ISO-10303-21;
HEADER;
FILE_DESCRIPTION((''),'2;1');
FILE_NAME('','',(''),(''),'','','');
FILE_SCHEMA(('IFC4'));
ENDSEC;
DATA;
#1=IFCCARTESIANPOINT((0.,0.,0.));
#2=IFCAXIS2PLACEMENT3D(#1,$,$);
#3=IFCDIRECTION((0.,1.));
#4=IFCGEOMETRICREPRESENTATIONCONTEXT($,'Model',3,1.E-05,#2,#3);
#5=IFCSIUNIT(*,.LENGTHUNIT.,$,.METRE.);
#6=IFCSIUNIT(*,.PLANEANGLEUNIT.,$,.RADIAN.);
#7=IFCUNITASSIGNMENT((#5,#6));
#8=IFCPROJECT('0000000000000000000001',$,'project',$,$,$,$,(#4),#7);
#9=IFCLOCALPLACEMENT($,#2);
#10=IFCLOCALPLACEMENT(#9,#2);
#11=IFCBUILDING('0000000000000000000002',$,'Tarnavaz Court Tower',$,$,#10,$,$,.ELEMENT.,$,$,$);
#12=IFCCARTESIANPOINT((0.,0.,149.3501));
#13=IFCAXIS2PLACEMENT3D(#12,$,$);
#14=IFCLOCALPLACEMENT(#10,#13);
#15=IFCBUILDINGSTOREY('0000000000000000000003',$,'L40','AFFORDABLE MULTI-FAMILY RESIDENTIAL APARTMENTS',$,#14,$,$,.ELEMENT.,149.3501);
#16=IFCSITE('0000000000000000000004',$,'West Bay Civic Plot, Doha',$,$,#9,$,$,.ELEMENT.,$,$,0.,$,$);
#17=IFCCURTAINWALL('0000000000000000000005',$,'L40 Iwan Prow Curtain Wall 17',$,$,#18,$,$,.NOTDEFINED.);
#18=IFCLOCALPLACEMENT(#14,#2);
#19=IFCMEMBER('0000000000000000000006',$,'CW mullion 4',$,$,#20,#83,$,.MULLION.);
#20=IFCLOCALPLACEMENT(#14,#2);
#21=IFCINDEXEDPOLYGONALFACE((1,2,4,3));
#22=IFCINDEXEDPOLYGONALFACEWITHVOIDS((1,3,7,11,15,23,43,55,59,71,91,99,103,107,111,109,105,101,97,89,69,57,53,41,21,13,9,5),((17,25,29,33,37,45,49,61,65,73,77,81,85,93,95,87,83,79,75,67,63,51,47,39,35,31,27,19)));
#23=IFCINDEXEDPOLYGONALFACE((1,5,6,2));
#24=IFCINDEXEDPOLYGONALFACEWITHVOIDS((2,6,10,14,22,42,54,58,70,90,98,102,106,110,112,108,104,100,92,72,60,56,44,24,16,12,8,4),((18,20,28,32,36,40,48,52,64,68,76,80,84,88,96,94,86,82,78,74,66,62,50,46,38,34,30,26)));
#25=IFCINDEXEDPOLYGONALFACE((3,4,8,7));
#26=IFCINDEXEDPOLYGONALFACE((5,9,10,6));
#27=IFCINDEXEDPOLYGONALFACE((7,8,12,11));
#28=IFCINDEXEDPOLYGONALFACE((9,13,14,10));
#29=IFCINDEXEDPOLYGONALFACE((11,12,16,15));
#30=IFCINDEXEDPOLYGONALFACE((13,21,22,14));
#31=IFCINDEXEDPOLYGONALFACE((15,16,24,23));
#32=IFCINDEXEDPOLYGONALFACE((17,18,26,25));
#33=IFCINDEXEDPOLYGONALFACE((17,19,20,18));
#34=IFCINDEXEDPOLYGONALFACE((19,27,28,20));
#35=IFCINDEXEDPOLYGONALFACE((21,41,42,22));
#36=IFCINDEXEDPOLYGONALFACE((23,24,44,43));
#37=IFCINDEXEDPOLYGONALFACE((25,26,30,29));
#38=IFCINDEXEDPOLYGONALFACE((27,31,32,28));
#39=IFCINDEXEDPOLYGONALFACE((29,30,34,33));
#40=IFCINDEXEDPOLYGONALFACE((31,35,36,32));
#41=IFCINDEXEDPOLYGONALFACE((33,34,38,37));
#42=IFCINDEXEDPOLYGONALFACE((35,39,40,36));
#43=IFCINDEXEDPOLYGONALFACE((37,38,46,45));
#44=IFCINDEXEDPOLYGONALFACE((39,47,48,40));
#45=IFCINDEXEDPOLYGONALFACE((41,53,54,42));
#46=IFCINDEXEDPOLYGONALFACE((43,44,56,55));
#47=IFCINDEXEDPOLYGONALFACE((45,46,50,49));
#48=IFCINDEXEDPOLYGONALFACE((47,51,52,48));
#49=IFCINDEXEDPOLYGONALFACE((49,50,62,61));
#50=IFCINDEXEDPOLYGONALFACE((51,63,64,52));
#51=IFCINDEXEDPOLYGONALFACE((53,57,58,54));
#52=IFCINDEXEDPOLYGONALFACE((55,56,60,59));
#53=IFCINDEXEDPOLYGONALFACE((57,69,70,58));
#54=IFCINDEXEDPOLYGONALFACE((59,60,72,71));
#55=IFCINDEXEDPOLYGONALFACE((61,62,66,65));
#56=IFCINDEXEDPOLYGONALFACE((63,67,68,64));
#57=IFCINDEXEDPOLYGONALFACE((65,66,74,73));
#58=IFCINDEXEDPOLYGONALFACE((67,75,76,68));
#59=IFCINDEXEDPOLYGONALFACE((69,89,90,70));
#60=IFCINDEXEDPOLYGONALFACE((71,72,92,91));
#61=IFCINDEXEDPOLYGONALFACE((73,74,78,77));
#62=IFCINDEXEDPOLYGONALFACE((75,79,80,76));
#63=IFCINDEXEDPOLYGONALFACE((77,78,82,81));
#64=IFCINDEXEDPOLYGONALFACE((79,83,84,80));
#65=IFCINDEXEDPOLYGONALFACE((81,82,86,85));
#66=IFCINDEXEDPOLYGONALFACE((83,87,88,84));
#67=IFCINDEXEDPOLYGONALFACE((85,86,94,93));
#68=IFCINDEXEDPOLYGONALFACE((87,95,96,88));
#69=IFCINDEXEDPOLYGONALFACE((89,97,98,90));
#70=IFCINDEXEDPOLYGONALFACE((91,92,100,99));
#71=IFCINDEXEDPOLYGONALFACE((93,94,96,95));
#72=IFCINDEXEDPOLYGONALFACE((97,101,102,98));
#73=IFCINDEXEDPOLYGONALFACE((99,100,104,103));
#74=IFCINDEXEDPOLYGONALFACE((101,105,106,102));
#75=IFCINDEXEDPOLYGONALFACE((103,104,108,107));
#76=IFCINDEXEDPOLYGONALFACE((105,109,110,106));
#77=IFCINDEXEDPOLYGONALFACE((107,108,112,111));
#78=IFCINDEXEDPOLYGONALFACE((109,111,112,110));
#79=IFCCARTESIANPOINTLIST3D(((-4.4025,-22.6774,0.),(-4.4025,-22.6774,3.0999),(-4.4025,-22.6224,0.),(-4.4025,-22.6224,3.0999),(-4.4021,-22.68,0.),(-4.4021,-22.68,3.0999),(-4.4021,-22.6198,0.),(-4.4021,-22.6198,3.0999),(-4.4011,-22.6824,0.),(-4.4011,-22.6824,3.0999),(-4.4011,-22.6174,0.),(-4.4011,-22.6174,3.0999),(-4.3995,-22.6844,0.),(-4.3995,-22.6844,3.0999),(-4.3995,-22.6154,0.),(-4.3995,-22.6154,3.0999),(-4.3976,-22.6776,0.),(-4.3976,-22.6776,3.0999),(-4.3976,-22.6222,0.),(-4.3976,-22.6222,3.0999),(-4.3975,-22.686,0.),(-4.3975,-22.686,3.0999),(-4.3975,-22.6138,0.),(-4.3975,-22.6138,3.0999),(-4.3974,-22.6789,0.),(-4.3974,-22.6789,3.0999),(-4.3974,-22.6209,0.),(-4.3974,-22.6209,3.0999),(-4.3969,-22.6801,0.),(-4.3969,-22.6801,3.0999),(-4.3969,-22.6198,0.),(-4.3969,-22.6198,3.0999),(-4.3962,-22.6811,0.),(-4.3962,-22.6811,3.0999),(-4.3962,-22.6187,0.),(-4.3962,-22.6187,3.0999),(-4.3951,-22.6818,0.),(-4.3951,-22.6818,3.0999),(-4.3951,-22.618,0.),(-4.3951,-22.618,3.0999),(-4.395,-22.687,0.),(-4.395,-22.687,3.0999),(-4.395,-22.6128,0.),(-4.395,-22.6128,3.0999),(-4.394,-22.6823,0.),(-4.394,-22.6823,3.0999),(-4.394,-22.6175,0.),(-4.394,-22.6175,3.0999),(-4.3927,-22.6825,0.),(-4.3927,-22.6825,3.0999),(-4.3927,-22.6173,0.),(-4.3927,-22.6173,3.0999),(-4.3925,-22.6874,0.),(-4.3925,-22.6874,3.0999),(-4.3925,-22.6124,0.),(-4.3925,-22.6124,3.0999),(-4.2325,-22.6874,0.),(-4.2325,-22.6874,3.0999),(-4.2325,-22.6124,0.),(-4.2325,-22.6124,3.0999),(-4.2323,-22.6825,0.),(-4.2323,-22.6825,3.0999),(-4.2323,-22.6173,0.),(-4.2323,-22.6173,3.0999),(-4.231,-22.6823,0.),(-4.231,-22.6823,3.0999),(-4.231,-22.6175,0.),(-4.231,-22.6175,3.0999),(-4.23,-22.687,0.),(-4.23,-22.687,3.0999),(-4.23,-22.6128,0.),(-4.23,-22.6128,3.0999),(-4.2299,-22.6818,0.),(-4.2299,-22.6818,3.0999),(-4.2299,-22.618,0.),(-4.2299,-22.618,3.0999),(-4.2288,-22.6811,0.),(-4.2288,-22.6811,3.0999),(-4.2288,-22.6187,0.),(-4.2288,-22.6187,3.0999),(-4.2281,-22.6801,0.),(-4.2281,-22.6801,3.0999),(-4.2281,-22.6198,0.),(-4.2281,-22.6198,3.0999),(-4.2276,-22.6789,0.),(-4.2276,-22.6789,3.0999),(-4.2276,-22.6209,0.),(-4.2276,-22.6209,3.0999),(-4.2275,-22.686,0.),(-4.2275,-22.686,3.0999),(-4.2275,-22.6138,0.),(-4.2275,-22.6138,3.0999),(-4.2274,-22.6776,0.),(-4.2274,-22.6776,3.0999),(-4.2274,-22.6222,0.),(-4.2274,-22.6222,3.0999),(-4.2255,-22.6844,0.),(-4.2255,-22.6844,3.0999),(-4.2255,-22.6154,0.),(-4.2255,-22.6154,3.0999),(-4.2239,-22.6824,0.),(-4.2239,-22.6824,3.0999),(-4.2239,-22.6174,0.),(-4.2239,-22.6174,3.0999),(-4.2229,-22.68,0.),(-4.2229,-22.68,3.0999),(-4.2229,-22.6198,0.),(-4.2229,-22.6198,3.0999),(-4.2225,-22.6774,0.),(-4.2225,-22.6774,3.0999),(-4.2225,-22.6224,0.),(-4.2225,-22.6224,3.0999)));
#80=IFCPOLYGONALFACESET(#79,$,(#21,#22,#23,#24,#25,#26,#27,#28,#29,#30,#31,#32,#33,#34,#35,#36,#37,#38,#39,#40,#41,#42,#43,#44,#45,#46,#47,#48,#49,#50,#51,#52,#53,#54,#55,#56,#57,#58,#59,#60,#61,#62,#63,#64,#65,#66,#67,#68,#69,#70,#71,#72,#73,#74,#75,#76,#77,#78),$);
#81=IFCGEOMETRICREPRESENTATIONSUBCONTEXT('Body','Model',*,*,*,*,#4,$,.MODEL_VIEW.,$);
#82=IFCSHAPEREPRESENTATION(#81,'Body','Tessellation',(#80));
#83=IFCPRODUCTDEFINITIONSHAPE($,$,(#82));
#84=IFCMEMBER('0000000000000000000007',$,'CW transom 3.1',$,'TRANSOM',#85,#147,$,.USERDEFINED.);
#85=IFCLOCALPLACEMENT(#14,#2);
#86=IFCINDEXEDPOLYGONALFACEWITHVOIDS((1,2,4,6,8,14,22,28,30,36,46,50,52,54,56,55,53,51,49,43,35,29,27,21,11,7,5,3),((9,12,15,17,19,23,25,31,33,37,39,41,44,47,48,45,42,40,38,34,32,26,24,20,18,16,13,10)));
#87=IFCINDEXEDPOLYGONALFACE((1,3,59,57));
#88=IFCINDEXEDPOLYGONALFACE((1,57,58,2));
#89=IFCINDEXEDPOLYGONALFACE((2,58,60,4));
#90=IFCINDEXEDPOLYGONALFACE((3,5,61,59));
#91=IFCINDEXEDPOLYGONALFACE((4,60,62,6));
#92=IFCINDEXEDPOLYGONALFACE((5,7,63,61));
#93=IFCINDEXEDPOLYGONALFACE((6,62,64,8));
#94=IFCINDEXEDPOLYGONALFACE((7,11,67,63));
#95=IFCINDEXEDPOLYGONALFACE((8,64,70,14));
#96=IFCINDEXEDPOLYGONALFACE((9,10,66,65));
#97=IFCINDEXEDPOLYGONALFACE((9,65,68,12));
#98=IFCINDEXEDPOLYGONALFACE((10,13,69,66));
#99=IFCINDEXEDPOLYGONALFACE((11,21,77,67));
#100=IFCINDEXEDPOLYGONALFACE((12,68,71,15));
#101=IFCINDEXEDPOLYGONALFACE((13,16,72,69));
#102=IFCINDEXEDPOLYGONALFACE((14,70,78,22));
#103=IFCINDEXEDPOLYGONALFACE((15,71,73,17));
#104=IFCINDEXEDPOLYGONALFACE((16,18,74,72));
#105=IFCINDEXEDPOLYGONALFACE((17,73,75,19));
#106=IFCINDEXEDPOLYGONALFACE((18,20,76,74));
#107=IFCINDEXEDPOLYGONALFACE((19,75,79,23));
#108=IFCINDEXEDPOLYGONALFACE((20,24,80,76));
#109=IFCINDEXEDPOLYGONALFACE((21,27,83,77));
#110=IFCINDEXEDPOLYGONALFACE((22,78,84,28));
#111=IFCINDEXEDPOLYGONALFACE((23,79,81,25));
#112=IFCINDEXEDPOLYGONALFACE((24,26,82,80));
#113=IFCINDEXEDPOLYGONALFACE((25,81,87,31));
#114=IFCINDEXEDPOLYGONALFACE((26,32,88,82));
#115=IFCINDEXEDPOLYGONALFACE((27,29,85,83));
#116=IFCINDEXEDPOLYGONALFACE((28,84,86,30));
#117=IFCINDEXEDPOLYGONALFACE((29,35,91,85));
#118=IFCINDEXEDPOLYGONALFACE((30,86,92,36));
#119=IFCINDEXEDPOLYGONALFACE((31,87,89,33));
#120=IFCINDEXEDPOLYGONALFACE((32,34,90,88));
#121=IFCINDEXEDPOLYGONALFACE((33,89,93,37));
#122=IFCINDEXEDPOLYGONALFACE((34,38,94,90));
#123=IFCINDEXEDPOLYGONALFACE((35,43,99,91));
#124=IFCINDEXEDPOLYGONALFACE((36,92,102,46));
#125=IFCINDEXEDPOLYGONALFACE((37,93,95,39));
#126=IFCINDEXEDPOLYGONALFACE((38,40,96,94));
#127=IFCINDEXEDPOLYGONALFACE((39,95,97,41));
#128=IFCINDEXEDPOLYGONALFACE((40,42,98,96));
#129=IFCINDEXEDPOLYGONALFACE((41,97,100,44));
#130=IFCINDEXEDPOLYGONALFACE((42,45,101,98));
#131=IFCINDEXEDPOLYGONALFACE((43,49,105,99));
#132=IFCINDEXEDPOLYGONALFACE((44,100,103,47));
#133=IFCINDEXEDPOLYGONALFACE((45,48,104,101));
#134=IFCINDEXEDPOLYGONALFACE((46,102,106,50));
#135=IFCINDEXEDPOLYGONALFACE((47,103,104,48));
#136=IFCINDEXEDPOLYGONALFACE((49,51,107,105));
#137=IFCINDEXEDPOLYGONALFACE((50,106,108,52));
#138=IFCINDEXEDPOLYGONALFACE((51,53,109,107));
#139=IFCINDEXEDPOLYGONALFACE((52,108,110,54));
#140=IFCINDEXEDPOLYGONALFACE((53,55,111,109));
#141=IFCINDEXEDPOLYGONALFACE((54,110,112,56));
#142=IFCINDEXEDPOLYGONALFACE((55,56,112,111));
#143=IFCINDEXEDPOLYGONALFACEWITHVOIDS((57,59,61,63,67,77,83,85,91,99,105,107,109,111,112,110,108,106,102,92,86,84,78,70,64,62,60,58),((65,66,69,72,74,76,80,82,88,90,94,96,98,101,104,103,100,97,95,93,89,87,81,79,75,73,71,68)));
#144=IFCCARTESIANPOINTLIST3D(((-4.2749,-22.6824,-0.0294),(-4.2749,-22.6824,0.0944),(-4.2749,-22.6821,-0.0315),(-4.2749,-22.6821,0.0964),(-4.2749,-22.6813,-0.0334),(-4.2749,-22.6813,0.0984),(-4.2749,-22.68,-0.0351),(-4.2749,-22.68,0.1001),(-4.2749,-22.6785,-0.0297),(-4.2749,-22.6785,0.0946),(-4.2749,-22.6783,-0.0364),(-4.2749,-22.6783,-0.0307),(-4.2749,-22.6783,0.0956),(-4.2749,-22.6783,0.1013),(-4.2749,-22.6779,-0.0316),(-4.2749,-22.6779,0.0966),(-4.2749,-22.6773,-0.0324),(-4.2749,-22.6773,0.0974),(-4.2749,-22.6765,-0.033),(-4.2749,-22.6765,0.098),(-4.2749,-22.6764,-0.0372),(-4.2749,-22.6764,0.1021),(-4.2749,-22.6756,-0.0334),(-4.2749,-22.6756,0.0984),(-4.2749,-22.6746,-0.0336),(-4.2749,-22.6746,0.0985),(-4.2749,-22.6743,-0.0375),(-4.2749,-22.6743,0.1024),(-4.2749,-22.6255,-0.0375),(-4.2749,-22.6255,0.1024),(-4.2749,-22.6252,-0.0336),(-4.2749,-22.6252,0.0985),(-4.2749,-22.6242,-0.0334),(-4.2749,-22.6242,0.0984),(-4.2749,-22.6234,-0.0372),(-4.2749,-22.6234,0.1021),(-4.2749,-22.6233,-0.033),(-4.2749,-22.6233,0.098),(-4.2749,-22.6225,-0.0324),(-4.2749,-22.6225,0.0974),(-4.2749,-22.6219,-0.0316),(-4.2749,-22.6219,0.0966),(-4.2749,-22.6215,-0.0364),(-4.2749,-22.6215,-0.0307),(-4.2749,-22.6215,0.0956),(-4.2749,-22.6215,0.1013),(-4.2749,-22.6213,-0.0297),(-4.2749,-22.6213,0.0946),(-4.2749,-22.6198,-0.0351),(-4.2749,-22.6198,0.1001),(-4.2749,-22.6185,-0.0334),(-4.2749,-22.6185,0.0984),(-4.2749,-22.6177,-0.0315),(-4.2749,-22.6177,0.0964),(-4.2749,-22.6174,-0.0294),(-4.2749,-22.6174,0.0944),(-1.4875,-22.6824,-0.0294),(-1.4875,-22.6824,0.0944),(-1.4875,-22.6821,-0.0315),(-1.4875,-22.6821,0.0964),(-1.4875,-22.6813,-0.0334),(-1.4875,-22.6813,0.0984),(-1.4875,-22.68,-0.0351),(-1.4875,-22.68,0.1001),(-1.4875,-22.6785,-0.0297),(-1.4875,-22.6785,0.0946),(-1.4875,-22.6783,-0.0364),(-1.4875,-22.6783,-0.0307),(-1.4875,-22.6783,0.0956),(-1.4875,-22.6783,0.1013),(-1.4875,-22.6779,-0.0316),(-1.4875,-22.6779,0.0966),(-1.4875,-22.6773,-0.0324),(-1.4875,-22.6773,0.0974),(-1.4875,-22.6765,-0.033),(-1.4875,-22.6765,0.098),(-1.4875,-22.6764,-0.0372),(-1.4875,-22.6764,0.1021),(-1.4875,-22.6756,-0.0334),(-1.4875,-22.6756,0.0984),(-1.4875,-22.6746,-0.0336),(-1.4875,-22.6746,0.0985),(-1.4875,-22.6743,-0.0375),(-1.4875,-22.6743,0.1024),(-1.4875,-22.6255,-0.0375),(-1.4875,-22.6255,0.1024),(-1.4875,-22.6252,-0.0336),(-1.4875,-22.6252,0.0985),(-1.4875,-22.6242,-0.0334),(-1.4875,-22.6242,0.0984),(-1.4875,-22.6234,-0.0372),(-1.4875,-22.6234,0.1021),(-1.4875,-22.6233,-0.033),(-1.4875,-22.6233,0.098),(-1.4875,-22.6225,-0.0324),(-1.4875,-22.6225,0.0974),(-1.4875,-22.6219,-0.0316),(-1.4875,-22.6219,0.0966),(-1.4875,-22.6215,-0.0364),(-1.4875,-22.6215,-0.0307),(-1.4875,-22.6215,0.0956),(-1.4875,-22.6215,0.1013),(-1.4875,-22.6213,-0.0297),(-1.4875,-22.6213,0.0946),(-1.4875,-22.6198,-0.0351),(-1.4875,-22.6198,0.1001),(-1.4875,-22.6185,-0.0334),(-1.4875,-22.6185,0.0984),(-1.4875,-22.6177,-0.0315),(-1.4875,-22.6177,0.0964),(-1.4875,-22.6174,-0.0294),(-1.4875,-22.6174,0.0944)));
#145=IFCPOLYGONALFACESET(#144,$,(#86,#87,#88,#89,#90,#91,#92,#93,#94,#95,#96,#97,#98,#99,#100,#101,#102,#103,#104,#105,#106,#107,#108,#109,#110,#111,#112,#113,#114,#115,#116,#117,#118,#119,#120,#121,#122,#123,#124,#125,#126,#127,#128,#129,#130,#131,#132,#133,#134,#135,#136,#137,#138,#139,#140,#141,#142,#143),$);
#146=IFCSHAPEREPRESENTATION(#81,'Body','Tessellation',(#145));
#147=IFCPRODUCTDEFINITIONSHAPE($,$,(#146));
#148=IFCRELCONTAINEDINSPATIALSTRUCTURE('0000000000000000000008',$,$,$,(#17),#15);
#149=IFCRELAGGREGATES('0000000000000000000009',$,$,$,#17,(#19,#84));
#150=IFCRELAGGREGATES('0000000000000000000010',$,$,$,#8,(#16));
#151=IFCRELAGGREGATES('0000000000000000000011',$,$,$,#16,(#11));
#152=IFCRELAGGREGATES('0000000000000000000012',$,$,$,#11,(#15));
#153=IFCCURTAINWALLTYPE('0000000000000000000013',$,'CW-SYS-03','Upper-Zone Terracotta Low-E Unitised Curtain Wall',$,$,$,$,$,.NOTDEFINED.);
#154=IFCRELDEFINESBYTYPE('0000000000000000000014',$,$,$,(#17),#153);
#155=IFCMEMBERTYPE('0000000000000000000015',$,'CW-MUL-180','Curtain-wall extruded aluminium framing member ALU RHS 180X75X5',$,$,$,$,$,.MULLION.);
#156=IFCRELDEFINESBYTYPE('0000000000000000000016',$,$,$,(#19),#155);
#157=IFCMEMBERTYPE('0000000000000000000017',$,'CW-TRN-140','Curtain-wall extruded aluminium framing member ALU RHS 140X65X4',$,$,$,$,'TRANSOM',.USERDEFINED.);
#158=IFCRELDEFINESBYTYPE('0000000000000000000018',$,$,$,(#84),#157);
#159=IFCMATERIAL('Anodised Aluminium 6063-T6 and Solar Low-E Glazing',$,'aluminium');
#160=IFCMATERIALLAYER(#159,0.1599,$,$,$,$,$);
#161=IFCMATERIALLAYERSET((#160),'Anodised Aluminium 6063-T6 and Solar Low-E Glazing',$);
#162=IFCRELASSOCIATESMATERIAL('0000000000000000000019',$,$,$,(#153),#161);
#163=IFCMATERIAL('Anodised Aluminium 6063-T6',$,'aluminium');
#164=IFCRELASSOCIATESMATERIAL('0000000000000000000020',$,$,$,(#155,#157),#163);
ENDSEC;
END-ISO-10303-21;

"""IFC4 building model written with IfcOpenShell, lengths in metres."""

from ifc_helpers import new_model, si_unit, direction, frame, origin, origin_2d, place, context, subcontext, project, spatial, hollow_rectangle, extrude, material, layer, layer_set, material_profile, profile_set, type_object, element, aggregate, save


model = new_model("IFC4")

# Units and contexts
model_context = context("Model", 3, precision=1e-05, world=origin(), true_north=direction((0.0, 1.0)))
body_context = subcontext(model_context, "Body", "Model", "MODEL_VIEW")
ifc_project = project(units=[si_unit("LENGTHUNIT", "METRE"), si_unit("PLANEANGLEUNIT", "RADIAN")], contexts=[model_context])

# Site, building, storey
site_placement = place(None, origin())
site = spatial("IfcSite", under=ifc_project, at=site_placement, Name="West Bay Civic Plot, Doha", CompositionType="ELEMENT", RefElevation=0.0)
building_placement = place(site_placement, origin())
building = spatial("IfcBuilding", under=site, at=building_placement, Name="Tarnavaz Court Tower", CompositionType="ELEMENT")
storey_placement = place(building_placement, frame((0.0, 0.0, 149.3501)))
storey = spatial("IfcBuildingStorey", under=building, at=storey_placement, Name="L40", Description="AFFORDABLE MULTI-FAMILY RESIDENTIAL APARTMENTS", CompositionType="ELEMENT", Elevation=149.3501)

# Curtain wall, members
ifc_material_1 = material(Name="Anodised Aluminium 6063-T6 and Solar Low-E Glazing", Category="aluminium")
ifc_layer_1 = layer(ifc_material_1, 0.1599)
ifc_layer_set_1 = layer_set([ifc_layer_1], Name="Anodised Aluminium 6063-T6 and Solar Low-E Glazing")
curtain_wall_type = type_object("IfcCurtainWallType", Name="CW-SYS-03", Description="Upper-Zone Terracotta Low-E Unitised Curtain Wall", PredefinedType="NOTDEFINED", material=ifc_layer_set_1)
curtain_wall_placement = place(storey_placement, origin())
curtain_wall = element("IfcCurtainWall", 1, at=curtain_wall_placement, inside=storey, type_object=curtain_wall_type, Name="L40 Iwan Prow Curtain Wall 17", PredefinedType="NOTDEFINED")
ifc_material_2 = material(Name="Anodised Aluminium 6063-T6", Category="aluminium")
ifc_material_profile_1 = material_profile(ifc_material_2, hollow_rectangle(XDim=0.075, YDim=0.1799, WallThickness=0.0049, InnerFilletRadius=0.0049, OuterFilletRadius=0.01, at=origin_2d()), Name="ALU RHS 180X75X5")
ifc_profile_set_1 = profile_set([ifc_material_profile_1], Name="Anodised Aluminium 6063-T6")
member_type_1 = type_object("IfcMemberType", Name="CW-MUL-180", Description="Curtain-wall extruded aluminium framing member ALU RHS 180X75X5", PredefinedType="MULLION", material=ifc_profile_set_1)
member_1_placement = place(storey_placement, frame((-4.3125, -22.6499, 0.0), z_axis=(0.0, 0.0, 1.0), x_axis=(0.0, -1.0, 0.0)))
member_1 = element("IfcMember", 2, at=member_1_placement, type_object=member_type_1, Name="CW mullion 4", PredefinedType="MULLION", context=body_context, shape_type="SweptSolid", body=[
    extrude(hollow_rectangle(XDim=0.075, YDim=0.1799, WallThickness=0.0049, InnerFilletRadius=0.0049, OuterFilletRadius=0.01, at=origin_2d()), origin(), (0.0, 0.0, 1.0), 3.0999),
])
ifc_material_profile_2 = material_profile(ifc_material_2, hollow_rectangle(XDim=0.0649, YDim=0.1399, WallThickness=0.0039, InnerFilletRadius=0.0039, OuterFilletRadius=0.0081, at=origin_2d()), Name="ALU RHS 140X65X4")
ifc_profile_set_2 = profile_set([ifc_material_profile_2], Name="Anodised Aluminium 6063-T6")
member_type_2 = type_object("IfcMemberType", Name="CW-TRN-140", Description="Curtain-wall extruded aluminium framing member ALU RHS 140X65X4", ElementType="TRANSOM", PredefinedType="USERDEFINED", material=ifc_profile_set_2)
member_2_placement = place(storey_placement, frame((-1.4875, -22.6499, 0.0325), z_axis=(-1.0, 0.0, 0.0), x_axis=(0.0, -1.0, 0.0)))
member_2 = element("IfcMember", 3, at=member_2_placement, type_object=member_type_2, Name="CW transom 3.1", ObjectType="TRANSOM", PredefinedType="USERDEFINED", context=body_context, shape_type="SweptSolid", body=[
    extrude(hollow_rectangle(XDim=0.0649, YDim=0.1399, WallThickness=0.0039, InnerFilletRadius=0.0039, OuterFilletRadius=0.0081, at=origin_2d()), origin(), (0.0, 0.0, 1.0), 2.7874),
])
aggregate(curtain_wall, [member_1, member_2])

save(model, "model.ifc")
